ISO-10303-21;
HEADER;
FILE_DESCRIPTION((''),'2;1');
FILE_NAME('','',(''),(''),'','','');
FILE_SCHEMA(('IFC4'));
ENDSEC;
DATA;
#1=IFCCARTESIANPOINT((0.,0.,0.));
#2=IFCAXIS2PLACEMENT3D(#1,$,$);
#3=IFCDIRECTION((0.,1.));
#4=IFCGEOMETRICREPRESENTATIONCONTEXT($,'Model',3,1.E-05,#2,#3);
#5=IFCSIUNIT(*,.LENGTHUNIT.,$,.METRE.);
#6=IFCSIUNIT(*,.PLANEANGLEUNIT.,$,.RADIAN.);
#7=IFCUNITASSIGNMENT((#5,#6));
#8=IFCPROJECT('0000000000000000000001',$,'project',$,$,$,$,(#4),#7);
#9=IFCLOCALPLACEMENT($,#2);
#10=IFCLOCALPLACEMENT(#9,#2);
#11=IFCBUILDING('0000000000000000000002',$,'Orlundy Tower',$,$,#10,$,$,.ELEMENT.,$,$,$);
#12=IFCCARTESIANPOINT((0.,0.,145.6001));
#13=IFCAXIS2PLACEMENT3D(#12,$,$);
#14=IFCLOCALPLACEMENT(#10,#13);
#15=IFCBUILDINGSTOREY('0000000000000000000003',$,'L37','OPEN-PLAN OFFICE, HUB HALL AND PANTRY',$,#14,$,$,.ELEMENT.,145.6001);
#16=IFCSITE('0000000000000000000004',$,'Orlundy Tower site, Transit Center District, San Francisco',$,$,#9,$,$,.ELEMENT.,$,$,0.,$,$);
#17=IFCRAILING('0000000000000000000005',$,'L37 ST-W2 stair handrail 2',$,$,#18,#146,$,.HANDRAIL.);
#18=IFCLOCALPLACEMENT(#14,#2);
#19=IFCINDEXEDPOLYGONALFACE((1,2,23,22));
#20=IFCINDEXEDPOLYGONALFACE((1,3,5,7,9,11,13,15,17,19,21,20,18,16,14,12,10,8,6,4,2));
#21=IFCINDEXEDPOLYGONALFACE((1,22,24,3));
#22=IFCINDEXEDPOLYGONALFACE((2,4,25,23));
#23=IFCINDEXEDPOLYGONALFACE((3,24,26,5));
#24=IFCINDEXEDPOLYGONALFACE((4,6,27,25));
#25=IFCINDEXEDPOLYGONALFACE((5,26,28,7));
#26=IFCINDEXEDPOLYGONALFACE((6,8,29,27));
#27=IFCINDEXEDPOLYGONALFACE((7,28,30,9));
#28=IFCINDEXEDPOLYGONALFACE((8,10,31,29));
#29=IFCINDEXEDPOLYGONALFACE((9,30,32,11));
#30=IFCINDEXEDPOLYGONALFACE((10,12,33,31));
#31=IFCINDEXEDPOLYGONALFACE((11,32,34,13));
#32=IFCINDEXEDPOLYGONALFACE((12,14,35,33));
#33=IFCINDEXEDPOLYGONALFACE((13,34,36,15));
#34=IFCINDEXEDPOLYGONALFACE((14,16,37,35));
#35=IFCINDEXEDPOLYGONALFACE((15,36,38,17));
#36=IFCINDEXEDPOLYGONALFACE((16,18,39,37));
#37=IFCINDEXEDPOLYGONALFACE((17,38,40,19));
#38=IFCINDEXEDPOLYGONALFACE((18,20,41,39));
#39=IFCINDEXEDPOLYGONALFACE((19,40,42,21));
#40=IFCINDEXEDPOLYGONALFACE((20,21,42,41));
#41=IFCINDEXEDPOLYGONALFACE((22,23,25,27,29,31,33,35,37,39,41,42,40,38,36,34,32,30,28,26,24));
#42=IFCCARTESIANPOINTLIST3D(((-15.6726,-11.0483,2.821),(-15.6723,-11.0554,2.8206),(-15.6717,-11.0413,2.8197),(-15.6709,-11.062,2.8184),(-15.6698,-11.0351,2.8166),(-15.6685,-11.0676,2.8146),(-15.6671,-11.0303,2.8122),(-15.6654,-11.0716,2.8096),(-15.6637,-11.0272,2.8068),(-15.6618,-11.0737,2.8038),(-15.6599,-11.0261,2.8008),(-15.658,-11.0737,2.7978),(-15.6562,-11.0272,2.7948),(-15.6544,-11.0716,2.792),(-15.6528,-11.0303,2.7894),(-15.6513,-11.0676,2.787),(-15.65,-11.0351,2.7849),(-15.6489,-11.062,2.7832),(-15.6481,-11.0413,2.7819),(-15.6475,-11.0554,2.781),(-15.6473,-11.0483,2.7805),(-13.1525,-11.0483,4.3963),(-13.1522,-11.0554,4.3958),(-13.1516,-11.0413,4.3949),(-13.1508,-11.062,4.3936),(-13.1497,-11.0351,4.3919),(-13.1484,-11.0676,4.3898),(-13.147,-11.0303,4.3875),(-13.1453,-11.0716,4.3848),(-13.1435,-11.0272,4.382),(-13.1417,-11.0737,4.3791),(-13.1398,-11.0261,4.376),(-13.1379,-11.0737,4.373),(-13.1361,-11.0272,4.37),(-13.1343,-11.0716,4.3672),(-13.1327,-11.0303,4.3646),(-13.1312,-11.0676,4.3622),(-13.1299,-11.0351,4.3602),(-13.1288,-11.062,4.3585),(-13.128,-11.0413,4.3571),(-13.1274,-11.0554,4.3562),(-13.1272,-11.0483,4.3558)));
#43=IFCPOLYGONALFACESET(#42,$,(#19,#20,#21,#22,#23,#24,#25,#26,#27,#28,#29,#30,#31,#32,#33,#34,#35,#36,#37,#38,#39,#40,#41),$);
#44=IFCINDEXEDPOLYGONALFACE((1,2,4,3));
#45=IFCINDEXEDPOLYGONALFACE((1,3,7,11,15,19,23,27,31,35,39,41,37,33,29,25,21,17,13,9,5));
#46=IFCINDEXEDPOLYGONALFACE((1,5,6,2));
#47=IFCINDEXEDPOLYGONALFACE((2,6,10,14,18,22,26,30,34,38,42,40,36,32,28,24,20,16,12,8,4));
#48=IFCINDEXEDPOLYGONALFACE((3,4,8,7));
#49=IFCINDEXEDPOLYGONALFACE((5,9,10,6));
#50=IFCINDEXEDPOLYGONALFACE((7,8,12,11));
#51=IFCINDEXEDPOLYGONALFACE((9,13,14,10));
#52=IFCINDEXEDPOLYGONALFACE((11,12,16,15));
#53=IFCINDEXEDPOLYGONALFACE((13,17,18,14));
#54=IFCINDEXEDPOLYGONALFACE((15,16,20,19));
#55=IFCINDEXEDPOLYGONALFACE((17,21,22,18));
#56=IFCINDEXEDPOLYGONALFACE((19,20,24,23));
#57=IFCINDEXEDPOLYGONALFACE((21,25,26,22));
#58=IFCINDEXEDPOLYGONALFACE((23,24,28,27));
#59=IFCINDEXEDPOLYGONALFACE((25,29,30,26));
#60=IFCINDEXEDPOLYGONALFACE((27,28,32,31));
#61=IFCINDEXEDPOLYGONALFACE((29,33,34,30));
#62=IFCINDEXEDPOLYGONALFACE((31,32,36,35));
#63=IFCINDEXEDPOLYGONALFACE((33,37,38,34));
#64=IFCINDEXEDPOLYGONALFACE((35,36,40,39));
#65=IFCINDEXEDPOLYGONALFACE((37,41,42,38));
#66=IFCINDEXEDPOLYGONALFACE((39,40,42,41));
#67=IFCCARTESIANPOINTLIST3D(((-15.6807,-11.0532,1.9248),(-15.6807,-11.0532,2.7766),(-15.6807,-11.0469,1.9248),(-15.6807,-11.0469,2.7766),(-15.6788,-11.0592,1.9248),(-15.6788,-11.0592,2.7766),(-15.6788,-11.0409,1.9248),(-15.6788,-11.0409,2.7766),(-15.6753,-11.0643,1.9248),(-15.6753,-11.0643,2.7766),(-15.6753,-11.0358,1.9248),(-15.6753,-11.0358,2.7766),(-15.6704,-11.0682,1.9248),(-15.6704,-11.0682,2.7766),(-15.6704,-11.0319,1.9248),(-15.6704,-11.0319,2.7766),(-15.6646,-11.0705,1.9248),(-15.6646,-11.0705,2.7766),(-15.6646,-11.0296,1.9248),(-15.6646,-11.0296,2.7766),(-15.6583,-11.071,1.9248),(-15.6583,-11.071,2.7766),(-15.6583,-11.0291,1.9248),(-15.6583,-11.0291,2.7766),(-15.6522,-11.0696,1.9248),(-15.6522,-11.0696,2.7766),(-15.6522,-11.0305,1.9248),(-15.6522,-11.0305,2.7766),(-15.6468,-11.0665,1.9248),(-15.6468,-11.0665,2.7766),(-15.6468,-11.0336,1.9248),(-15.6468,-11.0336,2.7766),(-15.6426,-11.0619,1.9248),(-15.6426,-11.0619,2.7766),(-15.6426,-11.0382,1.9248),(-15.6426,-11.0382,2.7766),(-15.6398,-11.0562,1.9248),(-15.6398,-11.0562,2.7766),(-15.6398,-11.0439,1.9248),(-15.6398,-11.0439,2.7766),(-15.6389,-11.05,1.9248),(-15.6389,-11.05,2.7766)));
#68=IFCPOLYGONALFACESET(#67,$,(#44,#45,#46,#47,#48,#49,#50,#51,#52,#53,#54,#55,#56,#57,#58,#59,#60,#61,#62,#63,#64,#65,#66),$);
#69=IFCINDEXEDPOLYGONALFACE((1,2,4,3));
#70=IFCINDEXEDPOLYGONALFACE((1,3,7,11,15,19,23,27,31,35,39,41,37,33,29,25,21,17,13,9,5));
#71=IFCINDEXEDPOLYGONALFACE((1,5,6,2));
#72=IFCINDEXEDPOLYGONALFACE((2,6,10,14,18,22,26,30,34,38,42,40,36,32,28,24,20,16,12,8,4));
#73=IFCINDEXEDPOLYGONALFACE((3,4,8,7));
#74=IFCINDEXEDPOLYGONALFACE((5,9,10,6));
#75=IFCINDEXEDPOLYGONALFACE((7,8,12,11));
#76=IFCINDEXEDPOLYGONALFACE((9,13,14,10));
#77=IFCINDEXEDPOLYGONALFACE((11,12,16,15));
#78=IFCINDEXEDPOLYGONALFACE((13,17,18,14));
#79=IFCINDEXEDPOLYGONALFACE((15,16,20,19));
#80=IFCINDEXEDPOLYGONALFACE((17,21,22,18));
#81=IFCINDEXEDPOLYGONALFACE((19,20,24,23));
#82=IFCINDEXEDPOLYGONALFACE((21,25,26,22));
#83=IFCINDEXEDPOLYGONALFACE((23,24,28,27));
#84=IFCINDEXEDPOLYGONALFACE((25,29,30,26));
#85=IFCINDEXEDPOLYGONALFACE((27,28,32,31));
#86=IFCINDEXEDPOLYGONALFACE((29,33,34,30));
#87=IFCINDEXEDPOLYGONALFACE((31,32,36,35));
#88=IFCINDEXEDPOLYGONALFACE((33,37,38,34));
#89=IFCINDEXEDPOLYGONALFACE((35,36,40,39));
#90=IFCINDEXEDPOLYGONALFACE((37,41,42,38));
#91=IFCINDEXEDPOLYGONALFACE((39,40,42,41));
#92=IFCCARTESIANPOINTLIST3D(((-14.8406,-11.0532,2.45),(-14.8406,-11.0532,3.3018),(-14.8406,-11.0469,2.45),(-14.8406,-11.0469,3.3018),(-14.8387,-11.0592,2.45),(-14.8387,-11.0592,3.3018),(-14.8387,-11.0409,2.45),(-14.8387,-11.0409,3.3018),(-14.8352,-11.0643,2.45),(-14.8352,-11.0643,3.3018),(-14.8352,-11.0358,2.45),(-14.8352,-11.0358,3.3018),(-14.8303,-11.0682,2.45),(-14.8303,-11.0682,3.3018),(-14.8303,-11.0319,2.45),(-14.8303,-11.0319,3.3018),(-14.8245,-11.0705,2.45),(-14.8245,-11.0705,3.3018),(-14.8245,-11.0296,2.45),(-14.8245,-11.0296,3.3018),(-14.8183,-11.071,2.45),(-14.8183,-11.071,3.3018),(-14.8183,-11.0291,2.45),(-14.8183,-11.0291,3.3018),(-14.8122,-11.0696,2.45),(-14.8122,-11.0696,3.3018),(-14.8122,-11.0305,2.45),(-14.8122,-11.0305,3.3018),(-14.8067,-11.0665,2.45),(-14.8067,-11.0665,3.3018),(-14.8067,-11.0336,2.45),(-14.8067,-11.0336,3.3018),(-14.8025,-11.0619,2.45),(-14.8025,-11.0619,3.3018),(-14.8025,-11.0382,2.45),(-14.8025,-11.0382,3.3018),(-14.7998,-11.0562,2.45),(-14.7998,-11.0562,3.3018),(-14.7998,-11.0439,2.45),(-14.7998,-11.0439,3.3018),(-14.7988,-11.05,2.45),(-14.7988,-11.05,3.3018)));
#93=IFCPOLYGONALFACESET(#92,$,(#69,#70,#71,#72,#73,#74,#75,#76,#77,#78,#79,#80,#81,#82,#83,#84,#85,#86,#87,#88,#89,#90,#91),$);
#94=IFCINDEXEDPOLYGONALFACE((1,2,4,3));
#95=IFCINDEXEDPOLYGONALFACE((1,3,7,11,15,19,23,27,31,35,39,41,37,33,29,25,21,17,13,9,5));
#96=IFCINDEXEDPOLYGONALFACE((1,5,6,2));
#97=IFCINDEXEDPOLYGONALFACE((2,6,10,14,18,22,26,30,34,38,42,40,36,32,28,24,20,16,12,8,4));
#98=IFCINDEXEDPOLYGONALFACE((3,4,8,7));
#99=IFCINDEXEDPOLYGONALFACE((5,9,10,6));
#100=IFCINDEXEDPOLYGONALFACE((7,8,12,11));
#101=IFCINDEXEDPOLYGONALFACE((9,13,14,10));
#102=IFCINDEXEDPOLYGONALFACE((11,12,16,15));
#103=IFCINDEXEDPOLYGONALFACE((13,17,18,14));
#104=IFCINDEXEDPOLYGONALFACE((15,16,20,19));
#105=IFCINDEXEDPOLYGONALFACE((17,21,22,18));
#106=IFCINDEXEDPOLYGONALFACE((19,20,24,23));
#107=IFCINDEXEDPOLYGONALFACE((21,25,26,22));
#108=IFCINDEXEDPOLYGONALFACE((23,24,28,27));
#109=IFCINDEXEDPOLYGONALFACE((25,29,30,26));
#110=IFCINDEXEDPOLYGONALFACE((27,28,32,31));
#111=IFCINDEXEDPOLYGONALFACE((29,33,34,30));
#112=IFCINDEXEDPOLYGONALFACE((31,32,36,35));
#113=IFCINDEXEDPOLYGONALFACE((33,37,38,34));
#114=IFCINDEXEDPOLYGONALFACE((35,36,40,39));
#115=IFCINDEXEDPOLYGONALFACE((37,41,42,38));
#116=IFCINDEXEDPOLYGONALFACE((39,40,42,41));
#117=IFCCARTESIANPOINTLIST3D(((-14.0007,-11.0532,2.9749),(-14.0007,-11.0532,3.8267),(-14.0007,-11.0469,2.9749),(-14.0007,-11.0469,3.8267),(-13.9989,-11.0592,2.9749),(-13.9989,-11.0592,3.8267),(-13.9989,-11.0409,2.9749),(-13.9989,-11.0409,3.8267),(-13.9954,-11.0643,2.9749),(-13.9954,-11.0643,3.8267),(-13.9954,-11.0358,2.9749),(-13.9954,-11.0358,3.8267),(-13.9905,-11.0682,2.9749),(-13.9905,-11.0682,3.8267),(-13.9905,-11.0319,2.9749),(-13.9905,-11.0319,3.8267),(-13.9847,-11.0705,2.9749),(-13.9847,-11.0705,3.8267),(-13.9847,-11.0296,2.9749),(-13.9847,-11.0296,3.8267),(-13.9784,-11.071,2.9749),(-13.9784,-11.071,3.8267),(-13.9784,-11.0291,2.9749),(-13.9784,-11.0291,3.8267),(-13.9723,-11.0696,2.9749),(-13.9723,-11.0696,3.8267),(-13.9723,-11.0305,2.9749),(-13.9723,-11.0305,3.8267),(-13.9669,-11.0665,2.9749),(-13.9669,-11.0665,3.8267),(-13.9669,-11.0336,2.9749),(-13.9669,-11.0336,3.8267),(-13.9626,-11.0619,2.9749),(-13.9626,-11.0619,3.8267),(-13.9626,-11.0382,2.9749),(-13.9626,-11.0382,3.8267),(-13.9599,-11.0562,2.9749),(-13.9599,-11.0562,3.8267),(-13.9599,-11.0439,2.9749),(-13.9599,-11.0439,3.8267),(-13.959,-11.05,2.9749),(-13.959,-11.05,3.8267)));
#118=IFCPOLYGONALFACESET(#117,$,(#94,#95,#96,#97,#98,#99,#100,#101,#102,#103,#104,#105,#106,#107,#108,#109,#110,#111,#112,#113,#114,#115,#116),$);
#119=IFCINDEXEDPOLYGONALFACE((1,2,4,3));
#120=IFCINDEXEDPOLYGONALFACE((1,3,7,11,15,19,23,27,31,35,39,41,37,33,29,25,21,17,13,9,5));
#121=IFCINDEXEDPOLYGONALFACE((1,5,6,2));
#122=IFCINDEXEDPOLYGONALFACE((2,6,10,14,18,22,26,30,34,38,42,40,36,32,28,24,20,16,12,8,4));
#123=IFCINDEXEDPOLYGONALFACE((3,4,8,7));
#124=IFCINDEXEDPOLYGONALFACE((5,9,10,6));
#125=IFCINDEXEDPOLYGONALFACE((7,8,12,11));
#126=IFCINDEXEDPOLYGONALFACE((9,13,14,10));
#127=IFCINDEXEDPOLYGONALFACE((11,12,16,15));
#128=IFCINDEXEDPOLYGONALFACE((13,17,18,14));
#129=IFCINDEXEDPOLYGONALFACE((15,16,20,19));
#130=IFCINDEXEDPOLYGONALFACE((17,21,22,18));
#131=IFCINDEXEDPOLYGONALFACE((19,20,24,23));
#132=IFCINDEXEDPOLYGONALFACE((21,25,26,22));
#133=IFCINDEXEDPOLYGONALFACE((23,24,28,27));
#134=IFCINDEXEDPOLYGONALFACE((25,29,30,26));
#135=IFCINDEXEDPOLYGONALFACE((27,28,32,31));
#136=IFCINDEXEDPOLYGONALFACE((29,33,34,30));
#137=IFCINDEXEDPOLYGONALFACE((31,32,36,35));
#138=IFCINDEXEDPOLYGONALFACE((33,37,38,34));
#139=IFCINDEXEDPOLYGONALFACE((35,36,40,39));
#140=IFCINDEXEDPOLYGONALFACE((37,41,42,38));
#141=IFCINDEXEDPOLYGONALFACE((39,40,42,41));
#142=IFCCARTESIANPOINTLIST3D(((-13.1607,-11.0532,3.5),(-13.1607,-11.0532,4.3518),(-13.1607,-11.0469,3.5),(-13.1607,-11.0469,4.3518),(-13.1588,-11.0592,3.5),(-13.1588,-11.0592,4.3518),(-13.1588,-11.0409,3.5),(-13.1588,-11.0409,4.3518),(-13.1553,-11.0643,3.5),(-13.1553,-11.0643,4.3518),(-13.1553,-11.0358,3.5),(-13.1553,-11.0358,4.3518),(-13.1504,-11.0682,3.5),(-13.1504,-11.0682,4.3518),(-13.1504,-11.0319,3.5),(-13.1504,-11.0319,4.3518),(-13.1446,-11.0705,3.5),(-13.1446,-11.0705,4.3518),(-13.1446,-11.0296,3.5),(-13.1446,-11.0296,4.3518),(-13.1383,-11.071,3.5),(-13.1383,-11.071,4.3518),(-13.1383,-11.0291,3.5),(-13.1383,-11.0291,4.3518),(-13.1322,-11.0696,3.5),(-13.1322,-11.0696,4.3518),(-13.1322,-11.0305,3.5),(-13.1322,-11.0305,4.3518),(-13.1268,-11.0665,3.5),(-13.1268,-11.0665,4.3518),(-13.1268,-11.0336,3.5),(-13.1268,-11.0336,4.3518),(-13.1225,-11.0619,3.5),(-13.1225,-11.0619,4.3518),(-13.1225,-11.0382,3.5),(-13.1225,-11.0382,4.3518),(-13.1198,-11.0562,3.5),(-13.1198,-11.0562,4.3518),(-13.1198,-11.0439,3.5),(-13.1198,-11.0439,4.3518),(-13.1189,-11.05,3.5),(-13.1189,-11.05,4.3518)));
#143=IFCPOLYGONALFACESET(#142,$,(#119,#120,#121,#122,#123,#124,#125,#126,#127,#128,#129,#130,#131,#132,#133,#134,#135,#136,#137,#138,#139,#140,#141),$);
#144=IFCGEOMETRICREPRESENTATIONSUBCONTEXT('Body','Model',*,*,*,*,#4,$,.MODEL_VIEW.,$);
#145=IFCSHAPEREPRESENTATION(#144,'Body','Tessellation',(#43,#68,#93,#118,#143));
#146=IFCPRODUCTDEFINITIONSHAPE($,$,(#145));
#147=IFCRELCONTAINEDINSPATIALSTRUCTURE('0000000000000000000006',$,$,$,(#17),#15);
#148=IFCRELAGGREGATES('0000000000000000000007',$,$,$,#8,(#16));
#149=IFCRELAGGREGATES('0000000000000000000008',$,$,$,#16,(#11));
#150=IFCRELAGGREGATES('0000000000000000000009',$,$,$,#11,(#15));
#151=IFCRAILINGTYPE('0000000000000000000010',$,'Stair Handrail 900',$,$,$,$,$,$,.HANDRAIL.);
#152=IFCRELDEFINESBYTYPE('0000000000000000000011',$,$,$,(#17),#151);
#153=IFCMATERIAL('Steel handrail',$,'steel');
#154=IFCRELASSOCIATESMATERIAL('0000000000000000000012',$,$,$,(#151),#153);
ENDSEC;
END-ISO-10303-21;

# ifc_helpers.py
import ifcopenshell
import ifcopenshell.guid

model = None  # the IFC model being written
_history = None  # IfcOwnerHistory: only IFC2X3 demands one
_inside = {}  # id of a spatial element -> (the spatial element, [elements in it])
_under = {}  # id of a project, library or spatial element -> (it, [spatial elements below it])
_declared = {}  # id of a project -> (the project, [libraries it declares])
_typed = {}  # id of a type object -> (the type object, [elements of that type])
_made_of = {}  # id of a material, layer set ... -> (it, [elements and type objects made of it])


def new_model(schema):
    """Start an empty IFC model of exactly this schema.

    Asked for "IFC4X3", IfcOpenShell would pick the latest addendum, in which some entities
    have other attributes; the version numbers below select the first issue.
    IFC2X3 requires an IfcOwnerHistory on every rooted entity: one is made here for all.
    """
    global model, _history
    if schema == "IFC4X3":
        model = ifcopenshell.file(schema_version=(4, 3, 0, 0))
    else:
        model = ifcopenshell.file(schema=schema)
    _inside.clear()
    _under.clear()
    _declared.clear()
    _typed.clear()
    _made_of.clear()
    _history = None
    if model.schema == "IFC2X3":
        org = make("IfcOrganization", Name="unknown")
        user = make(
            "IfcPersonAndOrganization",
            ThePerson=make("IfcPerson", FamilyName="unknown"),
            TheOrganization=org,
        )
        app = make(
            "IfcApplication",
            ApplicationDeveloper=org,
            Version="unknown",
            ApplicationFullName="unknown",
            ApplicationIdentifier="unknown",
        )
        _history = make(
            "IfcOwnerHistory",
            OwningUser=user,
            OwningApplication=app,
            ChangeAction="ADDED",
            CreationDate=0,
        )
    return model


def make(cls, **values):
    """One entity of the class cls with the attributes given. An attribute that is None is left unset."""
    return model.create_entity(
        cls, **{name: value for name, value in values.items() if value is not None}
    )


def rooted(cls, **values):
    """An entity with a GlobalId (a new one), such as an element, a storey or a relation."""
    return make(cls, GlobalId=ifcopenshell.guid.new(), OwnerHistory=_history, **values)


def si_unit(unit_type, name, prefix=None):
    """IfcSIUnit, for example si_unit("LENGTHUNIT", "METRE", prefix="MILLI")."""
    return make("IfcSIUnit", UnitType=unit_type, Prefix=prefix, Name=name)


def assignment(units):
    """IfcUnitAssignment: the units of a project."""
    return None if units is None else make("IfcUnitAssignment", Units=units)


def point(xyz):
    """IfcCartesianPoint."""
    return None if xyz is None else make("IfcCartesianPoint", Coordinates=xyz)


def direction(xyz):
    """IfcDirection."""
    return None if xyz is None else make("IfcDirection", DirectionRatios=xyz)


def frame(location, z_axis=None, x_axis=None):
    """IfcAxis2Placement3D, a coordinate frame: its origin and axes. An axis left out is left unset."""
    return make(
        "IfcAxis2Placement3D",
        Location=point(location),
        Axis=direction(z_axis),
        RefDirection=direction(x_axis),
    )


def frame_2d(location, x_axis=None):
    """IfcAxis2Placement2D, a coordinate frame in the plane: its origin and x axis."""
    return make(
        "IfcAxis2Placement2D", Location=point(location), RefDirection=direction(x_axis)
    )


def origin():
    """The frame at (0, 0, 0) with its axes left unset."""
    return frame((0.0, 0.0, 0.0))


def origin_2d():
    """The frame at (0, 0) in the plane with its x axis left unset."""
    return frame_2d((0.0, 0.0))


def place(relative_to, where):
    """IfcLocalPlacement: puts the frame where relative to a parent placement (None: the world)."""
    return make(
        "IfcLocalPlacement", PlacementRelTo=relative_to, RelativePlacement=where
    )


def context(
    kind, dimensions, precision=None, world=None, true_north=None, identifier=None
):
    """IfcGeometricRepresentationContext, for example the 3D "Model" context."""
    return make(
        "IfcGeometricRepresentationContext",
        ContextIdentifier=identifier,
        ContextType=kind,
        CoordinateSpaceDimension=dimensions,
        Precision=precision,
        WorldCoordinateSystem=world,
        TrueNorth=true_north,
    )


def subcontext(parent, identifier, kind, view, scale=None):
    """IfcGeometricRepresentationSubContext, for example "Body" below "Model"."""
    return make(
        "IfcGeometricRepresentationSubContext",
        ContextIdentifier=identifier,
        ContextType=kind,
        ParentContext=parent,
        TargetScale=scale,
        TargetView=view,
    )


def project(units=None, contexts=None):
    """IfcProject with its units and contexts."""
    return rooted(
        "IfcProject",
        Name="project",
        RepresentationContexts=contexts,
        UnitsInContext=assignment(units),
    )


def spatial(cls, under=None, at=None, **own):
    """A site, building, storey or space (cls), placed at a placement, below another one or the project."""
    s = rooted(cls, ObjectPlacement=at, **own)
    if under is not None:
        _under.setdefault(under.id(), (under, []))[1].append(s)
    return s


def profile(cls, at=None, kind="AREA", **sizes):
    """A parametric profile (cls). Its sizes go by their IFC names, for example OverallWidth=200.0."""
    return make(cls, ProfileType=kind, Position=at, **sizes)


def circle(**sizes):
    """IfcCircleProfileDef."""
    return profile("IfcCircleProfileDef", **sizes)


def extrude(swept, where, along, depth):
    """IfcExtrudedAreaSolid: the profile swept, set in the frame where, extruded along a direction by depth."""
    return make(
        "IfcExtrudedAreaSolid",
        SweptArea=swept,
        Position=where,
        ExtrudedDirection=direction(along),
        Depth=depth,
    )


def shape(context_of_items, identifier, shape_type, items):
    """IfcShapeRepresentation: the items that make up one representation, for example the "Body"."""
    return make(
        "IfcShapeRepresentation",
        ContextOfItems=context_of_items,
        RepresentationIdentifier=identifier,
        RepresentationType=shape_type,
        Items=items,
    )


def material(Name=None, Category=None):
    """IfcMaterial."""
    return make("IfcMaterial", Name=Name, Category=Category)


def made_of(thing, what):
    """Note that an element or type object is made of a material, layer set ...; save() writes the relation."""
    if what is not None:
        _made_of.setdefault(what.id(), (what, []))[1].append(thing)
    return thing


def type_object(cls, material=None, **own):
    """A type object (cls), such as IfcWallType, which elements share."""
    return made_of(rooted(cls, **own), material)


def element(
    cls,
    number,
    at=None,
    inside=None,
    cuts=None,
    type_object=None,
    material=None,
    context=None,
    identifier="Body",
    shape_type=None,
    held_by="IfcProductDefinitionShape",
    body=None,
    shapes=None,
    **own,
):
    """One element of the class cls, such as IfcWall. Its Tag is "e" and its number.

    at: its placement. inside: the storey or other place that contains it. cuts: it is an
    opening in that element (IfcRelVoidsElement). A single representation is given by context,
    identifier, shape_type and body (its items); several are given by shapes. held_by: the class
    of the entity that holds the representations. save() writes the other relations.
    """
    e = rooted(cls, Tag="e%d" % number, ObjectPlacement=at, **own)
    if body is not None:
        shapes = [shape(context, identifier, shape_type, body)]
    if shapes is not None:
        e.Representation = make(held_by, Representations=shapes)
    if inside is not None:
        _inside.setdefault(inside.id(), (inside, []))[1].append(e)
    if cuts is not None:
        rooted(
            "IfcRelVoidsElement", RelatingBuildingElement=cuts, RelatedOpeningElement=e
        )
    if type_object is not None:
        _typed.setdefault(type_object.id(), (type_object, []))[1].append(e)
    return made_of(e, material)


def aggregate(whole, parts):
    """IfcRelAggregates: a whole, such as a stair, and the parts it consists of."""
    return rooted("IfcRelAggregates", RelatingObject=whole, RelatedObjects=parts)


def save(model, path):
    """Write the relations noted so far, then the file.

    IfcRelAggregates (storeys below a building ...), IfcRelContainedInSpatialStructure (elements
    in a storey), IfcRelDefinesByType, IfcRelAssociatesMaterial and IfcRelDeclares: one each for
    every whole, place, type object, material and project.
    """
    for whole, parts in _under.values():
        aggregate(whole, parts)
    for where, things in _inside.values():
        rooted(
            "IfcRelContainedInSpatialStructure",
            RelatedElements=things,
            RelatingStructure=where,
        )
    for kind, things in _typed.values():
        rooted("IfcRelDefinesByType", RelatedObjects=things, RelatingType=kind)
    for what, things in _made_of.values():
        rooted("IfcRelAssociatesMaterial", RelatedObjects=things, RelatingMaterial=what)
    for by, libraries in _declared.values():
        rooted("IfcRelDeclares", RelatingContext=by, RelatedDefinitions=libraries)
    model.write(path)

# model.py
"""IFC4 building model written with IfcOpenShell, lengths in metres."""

from ifc_helpers import new_model, si_unit, direction, frame, origin, origin_2d, place, context, subcontext, project, spatial, circle, extrude, material, type_object, element, save


model = new_model("IFC4")

# Units and contexts
model_context = context("Model", 3, precision=1e-05, world=origin(), true_north=direction((0.0, 1.0)))
body_context = subcontext(model_context, "Body", "Model", "MODEL_VIEW")
ifc_project = project(units=[si_unit("LENGTHUNIT", "METRE"), si_unit("PLANEANGLEUNIT", "RADIAN")], contexts=[model_context])

# Site, building, storey
site_placement = place(None, origin())
site = spatial("IfcSite", under=ifc_project, at=site_placement, Name="Orlundy Tower site, Transit Center District, San Francisco", CompositionType="ELEMENT", RefElevation=0.0)
building_placement = place(site_placement, origin())
building = spatial("IfcBuilding", under=site, at=building_placement, Name="Orlundy Tower", CompositionType="ELEMENT")
storey_placement = place(building_placement, frame((0.0, 0.0, 145.6001)))
storey = spatial("IfcBuildingStorey", under=building, at=storey_placement, Name="L37", Description="OPEN-PLAN OFFICE, HUB HALL AND PANTRY", CompositionType="ELEMENT", Elevation=145.6001)

# Railing
ifc_material_1 = material(Name="Steel handrail", Category="steel")
railing_type_1 = type_object("IfcRailingType", Name="Stair Handrail 900", PredefinedType="HANDRAIL", material=ifc_material_1)
railing_1_placement = place(storey_placement, frame((-15.6599, -11.05, 1.9248)))
element("IfcRailing", 1, at=railing_1_placement, inside=storey, type_object=railing_type_1, Name="L37 ST-W2 stair handrail 2", PredefinedType="HANDRAIL", context=body_context, shape_type="SweptSolid", body=[
    extrude(circle(Radius=0.0239, at=origin_2d()), frame((0.0, 0.0, 0.876), z_axis=(0.847971, 0.0, 0.530043), x_axis=(0.0, 1.0, 0.0)), (0.0, 0.0, 1.0), 2.9719),
    extrude(circle(Radius=0.021, at=origin_2d()), origin(), (0.0, 0.0, 1.0), 0.8518),
    extrude(circle(Radius=0.021, at=origin_2d()), frame((0.8401, 0.0, 0.5251)), (0.0, 0.0, 1.0), 0.8518),
    extrude(circle(Radius=0.021, at=origin_2d()), frame((1.6799, 0.0, 1.05)), (0.0, 0.0, 1.0), 0.8518),
    extrude(circle(Radius=0.021, at=origin_2d()), frame((2.52, 0.0, 1.5752)), (0.0, 0.0, 1.0), 0.8518),
])

save(model, "model.ifc")
